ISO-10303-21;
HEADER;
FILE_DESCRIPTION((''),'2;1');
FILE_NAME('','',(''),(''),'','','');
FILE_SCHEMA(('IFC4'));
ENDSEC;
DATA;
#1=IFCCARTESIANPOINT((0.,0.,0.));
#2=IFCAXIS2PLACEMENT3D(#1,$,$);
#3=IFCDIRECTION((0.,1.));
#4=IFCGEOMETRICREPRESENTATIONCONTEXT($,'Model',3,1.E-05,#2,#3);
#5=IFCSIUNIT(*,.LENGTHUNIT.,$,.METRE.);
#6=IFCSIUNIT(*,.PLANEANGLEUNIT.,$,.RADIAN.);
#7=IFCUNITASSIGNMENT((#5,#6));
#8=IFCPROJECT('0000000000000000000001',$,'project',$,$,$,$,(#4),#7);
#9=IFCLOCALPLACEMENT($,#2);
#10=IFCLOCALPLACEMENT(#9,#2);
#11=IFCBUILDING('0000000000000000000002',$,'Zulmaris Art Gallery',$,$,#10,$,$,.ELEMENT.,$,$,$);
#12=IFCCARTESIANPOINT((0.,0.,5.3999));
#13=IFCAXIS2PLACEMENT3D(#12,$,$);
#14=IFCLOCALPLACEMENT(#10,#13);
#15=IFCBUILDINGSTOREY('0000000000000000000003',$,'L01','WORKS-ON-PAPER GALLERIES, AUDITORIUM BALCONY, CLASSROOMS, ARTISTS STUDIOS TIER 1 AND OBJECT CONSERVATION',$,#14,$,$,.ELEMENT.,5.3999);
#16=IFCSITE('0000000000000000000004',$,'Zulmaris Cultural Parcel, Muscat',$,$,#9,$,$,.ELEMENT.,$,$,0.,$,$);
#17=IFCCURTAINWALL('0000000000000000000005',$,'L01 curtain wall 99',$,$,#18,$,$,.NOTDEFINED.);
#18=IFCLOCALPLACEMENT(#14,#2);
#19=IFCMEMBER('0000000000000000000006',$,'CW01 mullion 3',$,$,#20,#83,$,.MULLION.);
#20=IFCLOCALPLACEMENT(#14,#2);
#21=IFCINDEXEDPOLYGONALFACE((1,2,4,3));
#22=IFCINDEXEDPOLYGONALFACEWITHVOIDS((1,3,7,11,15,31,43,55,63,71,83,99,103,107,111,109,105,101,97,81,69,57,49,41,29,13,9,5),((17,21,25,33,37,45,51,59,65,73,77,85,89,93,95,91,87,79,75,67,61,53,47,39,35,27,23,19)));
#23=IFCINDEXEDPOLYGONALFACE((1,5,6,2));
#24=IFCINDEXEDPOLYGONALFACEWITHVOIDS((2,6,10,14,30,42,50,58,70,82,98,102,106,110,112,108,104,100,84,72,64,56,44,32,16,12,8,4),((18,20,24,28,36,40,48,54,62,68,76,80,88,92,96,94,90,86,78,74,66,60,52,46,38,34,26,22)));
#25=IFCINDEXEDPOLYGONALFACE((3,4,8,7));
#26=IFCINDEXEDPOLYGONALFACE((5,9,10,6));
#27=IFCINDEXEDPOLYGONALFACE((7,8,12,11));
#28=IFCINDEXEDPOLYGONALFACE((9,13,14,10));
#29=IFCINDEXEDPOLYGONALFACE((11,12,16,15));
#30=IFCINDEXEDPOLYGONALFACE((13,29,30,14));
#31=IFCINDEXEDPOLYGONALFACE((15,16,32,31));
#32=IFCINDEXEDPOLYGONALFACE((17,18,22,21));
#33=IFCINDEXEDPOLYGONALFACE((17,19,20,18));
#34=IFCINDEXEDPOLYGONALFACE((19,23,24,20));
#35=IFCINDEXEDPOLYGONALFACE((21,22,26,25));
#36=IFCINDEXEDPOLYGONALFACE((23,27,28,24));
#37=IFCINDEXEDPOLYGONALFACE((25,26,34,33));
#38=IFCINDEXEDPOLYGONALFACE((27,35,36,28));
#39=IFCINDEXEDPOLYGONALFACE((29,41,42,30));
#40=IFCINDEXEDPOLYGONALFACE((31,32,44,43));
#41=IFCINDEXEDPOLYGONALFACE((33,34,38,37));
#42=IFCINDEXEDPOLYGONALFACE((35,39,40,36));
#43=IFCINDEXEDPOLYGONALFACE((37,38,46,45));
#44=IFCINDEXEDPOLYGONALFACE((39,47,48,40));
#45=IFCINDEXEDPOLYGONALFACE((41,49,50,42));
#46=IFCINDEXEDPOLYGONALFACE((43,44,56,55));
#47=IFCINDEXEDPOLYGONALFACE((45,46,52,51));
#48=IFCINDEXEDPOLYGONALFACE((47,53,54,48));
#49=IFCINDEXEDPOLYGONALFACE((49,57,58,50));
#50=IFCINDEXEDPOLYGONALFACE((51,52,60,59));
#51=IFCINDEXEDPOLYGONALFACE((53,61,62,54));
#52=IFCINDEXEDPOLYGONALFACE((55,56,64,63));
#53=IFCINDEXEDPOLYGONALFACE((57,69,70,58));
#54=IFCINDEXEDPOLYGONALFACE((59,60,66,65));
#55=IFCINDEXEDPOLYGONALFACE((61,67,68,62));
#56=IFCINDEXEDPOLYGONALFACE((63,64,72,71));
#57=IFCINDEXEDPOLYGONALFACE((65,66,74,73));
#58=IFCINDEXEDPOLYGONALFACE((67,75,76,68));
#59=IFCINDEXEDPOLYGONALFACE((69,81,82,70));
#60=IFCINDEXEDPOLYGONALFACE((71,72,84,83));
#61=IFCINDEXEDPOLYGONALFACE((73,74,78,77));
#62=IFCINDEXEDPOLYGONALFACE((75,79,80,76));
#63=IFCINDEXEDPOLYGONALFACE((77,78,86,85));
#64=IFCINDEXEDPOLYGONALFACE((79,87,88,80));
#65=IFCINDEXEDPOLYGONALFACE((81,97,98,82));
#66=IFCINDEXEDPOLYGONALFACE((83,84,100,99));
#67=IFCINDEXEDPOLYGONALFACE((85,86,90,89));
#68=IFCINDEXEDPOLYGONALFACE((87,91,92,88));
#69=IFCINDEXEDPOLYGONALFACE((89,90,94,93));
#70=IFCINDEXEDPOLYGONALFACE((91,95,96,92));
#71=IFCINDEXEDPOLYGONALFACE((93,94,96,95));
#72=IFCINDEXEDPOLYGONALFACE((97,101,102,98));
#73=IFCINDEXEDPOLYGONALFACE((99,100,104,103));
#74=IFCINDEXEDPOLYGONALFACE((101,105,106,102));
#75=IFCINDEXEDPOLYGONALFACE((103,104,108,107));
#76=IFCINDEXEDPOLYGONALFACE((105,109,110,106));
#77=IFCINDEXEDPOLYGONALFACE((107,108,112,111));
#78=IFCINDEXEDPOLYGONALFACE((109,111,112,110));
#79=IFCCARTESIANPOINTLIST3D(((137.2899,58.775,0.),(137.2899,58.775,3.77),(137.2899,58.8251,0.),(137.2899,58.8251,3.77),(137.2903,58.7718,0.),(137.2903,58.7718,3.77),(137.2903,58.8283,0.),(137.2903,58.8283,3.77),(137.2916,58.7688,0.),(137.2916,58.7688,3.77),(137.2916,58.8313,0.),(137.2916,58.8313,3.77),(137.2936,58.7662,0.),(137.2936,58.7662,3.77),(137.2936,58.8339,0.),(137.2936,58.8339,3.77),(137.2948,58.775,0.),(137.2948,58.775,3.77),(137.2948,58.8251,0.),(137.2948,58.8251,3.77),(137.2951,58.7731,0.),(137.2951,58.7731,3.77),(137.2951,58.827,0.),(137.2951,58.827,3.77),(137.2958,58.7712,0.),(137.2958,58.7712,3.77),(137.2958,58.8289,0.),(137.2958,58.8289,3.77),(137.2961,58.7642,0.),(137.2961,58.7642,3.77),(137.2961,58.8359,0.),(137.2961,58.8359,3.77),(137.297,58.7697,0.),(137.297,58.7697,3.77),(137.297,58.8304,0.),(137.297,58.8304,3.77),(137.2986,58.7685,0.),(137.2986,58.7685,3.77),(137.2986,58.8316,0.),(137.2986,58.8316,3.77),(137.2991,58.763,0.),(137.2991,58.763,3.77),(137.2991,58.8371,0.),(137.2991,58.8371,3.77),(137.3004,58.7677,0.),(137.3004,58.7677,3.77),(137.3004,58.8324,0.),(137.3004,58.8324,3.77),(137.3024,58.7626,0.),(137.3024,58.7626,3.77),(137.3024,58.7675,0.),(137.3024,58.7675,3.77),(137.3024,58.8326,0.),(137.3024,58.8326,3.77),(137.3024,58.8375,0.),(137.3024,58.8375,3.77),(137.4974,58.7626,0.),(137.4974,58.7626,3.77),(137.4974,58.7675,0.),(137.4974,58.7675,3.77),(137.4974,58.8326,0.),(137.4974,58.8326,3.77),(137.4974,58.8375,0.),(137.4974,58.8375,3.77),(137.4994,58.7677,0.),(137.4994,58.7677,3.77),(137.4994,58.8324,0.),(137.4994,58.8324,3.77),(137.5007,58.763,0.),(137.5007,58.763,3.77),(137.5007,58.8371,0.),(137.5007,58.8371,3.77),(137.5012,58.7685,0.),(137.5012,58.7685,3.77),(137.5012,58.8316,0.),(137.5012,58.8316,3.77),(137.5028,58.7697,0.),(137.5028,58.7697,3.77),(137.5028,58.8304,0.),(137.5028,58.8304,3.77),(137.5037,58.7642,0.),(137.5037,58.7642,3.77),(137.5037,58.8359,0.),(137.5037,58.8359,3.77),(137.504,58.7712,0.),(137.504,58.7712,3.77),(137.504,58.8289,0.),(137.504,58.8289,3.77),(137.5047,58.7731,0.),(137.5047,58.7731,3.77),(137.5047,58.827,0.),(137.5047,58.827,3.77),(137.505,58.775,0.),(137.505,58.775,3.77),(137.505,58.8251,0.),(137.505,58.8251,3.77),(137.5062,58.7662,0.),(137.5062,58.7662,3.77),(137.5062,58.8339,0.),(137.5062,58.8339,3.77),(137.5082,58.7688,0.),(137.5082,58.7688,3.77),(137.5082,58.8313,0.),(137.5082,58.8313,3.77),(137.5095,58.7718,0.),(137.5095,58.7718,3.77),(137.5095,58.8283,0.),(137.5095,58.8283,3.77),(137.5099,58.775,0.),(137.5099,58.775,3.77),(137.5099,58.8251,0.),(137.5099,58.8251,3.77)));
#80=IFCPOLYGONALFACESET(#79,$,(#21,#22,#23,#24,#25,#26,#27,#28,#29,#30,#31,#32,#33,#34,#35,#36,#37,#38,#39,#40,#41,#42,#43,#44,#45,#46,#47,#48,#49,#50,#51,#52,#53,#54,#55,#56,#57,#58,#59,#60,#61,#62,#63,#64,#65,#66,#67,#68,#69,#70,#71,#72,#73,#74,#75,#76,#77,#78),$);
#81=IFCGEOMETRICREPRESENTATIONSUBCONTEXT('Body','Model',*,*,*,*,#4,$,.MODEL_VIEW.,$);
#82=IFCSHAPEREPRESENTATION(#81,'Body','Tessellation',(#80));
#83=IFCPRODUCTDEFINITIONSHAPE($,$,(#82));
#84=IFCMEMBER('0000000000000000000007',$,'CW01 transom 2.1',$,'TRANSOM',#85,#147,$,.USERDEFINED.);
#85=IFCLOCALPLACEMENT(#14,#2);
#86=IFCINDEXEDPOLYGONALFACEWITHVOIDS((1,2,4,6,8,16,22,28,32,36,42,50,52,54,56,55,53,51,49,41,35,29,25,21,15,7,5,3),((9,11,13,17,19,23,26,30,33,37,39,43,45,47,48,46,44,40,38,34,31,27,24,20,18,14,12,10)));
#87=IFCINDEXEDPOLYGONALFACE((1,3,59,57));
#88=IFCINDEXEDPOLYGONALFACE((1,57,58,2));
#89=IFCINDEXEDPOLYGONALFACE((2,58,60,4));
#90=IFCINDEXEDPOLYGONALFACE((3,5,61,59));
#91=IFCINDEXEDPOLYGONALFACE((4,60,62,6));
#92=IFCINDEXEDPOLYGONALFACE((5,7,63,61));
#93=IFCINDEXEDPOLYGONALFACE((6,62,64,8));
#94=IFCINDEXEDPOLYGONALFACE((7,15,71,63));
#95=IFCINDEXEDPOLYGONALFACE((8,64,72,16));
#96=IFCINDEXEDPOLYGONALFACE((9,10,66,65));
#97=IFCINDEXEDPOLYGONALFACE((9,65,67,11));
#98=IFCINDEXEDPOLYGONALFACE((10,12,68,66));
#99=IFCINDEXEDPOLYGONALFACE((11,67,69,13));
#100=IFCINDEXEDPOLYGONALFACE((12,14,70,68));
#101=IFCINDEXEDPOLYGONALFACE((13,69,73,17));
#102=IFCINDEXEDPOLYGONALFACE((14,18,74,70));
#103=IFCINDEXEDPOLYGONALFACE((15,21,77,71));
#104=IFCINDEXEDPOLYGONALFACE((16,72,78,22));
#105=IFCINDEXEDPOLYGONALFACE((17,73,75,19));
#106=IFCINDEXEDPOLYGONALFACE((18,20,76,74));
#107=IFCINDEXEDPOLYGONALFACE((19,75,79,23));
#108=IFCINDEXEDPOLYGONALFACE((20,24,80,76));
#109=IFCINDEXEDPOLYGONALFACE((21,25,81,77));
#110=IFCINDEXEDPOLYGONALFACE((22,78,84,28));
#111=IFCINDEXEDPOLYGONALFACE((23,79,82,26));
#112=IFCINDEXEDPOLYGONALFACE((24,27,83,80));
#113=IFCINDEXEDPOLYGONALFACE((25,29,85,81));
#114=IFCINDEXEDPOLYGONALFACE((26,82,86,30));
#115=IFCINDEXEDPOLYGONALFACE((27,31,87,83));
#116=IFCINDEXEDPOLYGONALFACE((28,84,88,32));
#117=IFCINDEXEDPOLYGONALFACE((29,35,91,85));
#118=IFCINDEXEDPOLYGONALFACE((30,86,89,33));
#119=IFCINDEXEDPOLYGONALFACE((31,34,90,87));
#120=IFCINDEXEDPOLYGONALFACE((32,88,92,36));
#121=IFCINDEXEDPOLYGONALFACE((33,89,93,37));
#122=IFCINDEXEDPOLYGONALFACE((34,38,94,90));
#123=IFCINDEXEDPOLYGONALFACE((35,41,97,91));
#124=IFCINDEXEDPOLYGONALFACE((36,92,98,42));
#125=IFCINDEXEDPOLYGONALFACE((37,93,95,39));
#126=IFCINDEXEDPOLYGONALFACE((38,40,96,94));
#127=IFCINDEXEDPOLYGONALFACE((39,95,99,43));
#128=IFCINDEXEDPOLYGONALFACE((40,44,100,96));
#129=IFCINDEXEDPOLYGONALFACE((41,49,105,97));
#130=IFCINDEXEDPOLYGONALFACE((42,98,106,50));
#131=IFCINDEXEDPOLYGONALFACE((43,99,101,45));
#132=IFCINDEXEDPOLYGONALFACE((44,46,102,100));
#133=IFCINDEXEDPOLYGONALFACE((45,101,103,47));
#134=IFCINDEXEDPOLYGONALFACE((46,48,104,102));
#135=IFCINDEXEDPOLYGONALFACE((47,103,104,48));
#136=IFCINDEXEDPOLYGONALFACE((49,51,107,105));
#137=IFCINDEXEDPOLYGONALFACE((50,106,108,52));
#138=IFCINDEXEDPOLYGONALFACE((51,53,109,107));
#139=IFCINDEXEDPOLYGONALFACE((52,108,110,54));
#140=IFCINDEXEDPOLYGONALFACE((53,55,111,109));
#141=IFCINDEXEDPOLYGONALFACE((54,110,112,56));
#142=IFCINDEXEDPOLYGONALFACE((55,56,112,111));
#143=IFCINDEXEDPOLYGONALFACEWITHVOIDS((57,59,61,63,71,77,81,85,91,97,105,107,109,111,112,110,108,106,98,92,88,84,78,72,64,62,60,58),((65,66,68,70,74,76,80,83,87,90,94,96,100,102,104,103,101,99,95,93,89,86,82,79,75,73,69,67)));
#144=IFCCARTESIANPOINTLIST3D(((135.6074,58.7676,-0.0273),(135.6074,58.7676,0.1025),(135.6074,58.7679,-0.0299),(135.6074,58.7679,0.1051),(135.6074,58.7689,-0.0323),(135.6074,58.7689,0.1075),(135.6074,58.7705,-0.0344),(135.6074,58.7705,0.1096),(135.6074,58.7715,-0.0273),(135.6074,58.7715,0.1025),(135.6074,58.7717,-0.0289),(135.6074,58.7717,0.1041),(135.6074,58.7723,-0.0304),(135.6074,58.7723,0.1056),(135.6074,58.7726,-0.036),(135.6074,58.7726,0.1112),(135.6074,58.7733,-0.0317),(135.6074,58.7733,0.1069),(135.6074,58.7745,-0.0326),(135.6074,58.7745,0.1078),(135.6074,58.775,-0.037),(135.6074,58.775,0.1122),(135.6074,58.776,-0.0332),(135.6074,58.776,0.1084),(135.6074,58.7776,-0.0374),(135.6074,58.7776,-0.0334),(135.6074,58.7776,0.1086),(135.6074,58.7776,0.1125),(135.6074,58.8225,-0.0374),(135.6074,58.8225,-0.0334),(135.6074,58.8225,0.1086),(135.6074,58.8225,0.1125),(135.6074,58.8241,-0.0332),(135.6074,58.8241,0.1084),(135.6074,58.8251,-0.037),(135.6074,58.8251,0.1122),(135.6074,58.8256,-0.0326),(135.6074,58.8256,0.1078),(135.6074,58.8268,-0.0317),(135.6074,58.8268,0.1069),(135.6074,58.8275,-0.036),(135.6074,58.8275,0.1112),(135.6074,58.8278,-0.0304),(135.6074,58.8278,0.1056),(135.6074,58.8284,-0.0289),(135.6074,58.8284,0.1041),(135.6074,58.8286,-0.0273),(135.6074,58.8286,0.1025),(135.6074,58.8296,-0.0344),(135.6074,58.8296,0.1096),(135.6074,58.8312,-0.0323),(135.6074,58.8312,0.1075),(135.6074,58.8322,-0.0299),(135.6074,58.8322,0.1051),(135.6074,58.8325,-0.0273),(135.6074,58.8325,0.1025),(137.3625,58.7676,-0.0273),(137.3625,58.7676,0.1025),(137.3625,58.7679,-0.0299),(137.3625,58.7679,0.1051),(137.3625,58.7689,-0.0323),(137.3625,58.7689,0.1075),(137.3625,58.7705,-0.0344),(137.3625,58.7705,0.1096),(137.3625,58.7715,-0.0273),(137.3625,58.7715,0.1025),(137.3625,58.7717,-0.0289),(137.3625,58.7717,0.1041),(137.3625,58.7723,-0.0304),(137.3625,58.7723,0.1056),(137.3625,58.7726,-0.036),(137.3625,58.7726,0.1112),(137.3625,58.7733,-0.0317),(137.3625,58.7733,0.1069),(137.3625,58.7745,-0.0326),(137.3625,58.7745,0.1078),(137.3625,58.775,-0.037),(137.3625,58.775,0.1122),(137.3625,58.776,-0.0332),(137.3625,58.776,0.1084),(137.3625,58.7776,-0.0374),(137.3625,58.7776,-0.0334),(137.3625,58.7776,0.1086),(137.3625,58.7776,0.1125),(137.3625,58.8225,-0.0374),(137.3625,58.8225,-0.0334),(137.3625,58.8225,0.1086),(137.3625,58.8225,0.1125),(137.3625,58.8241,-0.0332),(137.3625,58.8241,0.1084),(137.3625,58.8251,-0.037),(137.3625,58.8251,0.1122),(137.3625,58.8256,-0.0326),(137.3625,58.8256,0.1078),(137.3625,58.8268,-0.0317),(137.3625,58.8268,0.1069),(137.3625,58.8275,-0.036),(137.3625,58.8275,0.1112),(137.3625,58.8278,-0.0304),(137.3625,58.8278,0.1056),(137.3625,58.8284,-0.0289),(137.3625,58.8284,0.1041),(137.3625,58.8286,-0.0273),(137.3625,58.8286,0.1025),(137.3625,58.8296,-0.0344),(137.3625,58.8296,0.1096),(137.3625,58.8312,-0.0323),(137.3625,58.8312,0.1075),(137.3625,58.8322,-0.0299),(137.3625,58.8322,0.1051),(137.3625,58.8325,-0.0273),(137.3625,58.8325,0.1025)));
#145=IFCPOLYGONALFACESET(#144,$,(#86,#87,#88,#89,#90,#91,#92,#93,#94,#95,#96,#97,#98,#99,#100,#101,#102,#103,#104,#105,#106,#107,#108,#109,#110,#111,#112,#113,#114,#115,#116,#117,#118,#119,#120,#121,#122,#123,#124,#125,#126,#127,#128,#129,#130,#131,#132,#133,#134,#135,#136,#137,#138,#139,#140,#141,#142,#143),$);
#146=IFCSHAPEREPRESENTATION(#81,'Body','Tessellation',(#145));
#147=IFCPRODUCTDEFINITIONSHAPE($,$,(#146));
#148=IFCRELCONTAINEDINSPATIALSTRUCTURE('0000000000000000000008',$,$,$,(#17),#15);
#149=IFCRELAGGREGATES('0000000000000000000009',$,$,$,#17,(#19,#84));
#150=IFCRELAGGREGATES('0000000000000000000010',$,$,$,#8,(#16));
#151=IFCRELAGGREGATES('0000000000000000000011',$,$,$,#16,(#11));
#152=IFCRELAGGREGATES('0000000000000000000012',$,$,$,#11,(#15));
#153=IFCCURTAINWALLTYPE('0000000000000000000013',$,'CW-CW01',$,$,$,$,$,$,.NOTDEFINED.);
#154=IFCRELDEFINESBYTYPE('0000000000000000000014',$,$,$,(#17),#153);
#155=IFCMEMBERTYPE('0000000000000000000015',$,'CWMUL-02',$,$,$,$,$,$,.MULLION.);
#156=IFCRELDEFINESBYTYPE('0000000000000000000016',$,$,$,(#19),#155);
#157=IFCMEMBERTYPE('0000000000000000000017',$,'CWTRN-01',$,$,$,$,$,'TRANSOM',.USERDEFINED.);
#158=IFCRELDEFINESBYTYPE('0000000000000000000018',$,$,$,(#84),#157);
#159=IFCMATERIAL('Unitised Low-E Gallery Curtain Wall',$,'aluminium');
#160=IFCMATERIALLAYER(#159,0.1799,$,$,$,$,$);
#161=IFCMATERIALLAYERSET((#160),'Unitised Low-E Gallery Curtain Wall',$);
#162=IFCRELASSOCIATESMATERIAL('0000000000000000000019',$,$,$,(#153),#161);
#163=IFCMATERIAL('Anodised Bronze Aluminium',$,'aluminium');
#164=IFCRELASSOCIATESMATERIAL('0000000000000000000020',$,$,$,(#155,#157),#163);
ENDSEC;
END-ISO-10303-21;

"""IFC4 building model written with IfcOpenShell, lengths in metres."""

from ifc_helpers import new_model, si_unit, direction, frame, origin, origin_2d, place, context, subcontext, project, spatial, hollow_rectangle, extrude, material, layer, layer_set, material_profile, profile_set, type_object, element, aggregate, save


model = new_model("IFC4")

# Units and contexts
model_context = context("Model", 3, precision=1e-05, world=origin(), true_north=direction((0.0, 1.0)))
body_context = subcontext(model_context, "Body", "Model", "MODEL_VIEW")
ifc_project = project(units=[si_unit("LENGTHUNIT", "METRE"), si_unit("PLANEANGLEUNIT", "RADIAN")], contexts=[model_context])

# Site, building, storey
site_placement = place(None, origin())
site = spatial("IfcSite", under=ifc_project, at=site_placement, Name="Zulmaris Cultural Parcel, Muscat", CompositionType="ELEMENT", RefElevation=0.0)
building_placement = place(site_placement, origin())
building = spatial("IfcBuilding", under=site, at=building_placement, Name="Zulmaris Art Gallery", CompositionType="ELEMENT")
storey_placement = place(building_placement, frame((0.0, 0.0, 5.3999)))
storey = spatial("IfcBuildingStorey", under=building, at=storey_placement, Name="L01", Description="WORKS-ON-PAPER GALLERIES, AUDITORIUM BALCONY, CLASSROOMS, ARTISTS STUDIOS TIER 1 AND OBJECT CONSERVATION", CompositionType="ELEMENT", Elevation=5.3999)

# Curtain wall, members
ifc_material_1 = material(Name="Unitised Low-E Gallery Curtain Wall", Category="aluminium")
ifc_layer_1 = layer(ifc_material_1, 0.1799)
ifc_layer_set_1 = layer_set([ifc_layer_1], Name="Unitised Low-E Gallery Curtain Wall")
curtain_wall_type = type_object("IfcCurtainWallType", Name="CW-CW01", PredefinedType="NOTDEFINED", material=ifc_layer_set_1)
curtain_wall_placement = place(storey_placement, origin())
curtain_wall = element("IfcCurtainWall", 1, at=curtain_wall_placement, inside=storey, type_object=curtain_wall_type, Name="L01 curtain wall 99", PredefinedType="NOTDEFINED")
ifc_material_2 = material(Name="Anodised Bronze Aluminium", Category="aluminium")
ifc_material_profile_1 = material_profile(ifc_material_2, hollow_rectangle(XDim=0.075, YDim=0.22, WallThickness=0.0049, InnerFilletRadius=0.0076, OuterFilletRadius=0.0125, at=origin_2d()), Name="ALU 75x220x5")
ifc_profile_set_1 = profile_set([ifc_material_profile_1], Name="Anodised Bronze Aluminium")
member_type_1 = type_object("IfcMemberType", Name="CWMUL-02", PredefinedType="MULLION", material=ifc_profile_set_1)
member_1_placement = place(storey_placement, frame((137.3999, 58.8, 0.0), z_axis=(0.0, 0.0, 1.0), x_axis=(0.0, 1.0, 0.0)))
member_1 = element("IfcMember", 2, at=member_1_placement, type_object=member_type_1, Name="CW01 mullion 3", PredefinedType="MULLION", context=body_context, shape_type="SweptSolid", body=[
    extrude(hollow_rectangle(XDim=0.075, YDim=0.22, WallThickness=0.0049, InnerFilletRadius=0.0076, OuterFilletRadius=0.0125, at=origin_2d()), origin(), (0.0, 0.0, 1.0), 3.77),
])
ifc_material_profile_2 = material_profile(ifc_material_2, hollow_rectangle(XDim=0.0649, YDim=0.1499, WallThickness=0.0039, InnerFilletRadius=0.0061, OuterFilletRadius=0.01, at=origin_2d()), Name="ALU 65x150x4")
ifc_profile_set_2 = profile_set([ifc_material_profile_2], Name="Anodised Bronze Aluminium")
member_type_2 = type_object("IfcMemberType", Name="CWTRN-01", ElementType="TRANSOM", PredefinedType="USERDEFINED", material=ifc_profile_set_2)
member_2_placement = place(storey_placement, frame((135.6074, 58.8, 0.0376), z_axis=(1.0, 0.0, 0.0), x_axis=(0.0, 1.0, 0.0)))
member_2 = element("IfcMember", 3, at=member_2_placement, type_object=member_type_2, Name="CW01 transom 2.1", ObjectType="TRANSOM", PredefinedType="USERDEFINED", context=body_context, shape_type="SweptSolid", body=[
    extrude(hollow_rectangle(XDim=0.0649, YDim=0.1499, WallThickness=0.0039, InnerFilletRadius=0.0061, OuterFilletRadius=0.01, at=origin_2d()), origin(), (0.0, 0.0, 1.0), 1.7551),
])
aggregate(curtain_wall, [member_1, member_2])

save(model, "model.ifc")
